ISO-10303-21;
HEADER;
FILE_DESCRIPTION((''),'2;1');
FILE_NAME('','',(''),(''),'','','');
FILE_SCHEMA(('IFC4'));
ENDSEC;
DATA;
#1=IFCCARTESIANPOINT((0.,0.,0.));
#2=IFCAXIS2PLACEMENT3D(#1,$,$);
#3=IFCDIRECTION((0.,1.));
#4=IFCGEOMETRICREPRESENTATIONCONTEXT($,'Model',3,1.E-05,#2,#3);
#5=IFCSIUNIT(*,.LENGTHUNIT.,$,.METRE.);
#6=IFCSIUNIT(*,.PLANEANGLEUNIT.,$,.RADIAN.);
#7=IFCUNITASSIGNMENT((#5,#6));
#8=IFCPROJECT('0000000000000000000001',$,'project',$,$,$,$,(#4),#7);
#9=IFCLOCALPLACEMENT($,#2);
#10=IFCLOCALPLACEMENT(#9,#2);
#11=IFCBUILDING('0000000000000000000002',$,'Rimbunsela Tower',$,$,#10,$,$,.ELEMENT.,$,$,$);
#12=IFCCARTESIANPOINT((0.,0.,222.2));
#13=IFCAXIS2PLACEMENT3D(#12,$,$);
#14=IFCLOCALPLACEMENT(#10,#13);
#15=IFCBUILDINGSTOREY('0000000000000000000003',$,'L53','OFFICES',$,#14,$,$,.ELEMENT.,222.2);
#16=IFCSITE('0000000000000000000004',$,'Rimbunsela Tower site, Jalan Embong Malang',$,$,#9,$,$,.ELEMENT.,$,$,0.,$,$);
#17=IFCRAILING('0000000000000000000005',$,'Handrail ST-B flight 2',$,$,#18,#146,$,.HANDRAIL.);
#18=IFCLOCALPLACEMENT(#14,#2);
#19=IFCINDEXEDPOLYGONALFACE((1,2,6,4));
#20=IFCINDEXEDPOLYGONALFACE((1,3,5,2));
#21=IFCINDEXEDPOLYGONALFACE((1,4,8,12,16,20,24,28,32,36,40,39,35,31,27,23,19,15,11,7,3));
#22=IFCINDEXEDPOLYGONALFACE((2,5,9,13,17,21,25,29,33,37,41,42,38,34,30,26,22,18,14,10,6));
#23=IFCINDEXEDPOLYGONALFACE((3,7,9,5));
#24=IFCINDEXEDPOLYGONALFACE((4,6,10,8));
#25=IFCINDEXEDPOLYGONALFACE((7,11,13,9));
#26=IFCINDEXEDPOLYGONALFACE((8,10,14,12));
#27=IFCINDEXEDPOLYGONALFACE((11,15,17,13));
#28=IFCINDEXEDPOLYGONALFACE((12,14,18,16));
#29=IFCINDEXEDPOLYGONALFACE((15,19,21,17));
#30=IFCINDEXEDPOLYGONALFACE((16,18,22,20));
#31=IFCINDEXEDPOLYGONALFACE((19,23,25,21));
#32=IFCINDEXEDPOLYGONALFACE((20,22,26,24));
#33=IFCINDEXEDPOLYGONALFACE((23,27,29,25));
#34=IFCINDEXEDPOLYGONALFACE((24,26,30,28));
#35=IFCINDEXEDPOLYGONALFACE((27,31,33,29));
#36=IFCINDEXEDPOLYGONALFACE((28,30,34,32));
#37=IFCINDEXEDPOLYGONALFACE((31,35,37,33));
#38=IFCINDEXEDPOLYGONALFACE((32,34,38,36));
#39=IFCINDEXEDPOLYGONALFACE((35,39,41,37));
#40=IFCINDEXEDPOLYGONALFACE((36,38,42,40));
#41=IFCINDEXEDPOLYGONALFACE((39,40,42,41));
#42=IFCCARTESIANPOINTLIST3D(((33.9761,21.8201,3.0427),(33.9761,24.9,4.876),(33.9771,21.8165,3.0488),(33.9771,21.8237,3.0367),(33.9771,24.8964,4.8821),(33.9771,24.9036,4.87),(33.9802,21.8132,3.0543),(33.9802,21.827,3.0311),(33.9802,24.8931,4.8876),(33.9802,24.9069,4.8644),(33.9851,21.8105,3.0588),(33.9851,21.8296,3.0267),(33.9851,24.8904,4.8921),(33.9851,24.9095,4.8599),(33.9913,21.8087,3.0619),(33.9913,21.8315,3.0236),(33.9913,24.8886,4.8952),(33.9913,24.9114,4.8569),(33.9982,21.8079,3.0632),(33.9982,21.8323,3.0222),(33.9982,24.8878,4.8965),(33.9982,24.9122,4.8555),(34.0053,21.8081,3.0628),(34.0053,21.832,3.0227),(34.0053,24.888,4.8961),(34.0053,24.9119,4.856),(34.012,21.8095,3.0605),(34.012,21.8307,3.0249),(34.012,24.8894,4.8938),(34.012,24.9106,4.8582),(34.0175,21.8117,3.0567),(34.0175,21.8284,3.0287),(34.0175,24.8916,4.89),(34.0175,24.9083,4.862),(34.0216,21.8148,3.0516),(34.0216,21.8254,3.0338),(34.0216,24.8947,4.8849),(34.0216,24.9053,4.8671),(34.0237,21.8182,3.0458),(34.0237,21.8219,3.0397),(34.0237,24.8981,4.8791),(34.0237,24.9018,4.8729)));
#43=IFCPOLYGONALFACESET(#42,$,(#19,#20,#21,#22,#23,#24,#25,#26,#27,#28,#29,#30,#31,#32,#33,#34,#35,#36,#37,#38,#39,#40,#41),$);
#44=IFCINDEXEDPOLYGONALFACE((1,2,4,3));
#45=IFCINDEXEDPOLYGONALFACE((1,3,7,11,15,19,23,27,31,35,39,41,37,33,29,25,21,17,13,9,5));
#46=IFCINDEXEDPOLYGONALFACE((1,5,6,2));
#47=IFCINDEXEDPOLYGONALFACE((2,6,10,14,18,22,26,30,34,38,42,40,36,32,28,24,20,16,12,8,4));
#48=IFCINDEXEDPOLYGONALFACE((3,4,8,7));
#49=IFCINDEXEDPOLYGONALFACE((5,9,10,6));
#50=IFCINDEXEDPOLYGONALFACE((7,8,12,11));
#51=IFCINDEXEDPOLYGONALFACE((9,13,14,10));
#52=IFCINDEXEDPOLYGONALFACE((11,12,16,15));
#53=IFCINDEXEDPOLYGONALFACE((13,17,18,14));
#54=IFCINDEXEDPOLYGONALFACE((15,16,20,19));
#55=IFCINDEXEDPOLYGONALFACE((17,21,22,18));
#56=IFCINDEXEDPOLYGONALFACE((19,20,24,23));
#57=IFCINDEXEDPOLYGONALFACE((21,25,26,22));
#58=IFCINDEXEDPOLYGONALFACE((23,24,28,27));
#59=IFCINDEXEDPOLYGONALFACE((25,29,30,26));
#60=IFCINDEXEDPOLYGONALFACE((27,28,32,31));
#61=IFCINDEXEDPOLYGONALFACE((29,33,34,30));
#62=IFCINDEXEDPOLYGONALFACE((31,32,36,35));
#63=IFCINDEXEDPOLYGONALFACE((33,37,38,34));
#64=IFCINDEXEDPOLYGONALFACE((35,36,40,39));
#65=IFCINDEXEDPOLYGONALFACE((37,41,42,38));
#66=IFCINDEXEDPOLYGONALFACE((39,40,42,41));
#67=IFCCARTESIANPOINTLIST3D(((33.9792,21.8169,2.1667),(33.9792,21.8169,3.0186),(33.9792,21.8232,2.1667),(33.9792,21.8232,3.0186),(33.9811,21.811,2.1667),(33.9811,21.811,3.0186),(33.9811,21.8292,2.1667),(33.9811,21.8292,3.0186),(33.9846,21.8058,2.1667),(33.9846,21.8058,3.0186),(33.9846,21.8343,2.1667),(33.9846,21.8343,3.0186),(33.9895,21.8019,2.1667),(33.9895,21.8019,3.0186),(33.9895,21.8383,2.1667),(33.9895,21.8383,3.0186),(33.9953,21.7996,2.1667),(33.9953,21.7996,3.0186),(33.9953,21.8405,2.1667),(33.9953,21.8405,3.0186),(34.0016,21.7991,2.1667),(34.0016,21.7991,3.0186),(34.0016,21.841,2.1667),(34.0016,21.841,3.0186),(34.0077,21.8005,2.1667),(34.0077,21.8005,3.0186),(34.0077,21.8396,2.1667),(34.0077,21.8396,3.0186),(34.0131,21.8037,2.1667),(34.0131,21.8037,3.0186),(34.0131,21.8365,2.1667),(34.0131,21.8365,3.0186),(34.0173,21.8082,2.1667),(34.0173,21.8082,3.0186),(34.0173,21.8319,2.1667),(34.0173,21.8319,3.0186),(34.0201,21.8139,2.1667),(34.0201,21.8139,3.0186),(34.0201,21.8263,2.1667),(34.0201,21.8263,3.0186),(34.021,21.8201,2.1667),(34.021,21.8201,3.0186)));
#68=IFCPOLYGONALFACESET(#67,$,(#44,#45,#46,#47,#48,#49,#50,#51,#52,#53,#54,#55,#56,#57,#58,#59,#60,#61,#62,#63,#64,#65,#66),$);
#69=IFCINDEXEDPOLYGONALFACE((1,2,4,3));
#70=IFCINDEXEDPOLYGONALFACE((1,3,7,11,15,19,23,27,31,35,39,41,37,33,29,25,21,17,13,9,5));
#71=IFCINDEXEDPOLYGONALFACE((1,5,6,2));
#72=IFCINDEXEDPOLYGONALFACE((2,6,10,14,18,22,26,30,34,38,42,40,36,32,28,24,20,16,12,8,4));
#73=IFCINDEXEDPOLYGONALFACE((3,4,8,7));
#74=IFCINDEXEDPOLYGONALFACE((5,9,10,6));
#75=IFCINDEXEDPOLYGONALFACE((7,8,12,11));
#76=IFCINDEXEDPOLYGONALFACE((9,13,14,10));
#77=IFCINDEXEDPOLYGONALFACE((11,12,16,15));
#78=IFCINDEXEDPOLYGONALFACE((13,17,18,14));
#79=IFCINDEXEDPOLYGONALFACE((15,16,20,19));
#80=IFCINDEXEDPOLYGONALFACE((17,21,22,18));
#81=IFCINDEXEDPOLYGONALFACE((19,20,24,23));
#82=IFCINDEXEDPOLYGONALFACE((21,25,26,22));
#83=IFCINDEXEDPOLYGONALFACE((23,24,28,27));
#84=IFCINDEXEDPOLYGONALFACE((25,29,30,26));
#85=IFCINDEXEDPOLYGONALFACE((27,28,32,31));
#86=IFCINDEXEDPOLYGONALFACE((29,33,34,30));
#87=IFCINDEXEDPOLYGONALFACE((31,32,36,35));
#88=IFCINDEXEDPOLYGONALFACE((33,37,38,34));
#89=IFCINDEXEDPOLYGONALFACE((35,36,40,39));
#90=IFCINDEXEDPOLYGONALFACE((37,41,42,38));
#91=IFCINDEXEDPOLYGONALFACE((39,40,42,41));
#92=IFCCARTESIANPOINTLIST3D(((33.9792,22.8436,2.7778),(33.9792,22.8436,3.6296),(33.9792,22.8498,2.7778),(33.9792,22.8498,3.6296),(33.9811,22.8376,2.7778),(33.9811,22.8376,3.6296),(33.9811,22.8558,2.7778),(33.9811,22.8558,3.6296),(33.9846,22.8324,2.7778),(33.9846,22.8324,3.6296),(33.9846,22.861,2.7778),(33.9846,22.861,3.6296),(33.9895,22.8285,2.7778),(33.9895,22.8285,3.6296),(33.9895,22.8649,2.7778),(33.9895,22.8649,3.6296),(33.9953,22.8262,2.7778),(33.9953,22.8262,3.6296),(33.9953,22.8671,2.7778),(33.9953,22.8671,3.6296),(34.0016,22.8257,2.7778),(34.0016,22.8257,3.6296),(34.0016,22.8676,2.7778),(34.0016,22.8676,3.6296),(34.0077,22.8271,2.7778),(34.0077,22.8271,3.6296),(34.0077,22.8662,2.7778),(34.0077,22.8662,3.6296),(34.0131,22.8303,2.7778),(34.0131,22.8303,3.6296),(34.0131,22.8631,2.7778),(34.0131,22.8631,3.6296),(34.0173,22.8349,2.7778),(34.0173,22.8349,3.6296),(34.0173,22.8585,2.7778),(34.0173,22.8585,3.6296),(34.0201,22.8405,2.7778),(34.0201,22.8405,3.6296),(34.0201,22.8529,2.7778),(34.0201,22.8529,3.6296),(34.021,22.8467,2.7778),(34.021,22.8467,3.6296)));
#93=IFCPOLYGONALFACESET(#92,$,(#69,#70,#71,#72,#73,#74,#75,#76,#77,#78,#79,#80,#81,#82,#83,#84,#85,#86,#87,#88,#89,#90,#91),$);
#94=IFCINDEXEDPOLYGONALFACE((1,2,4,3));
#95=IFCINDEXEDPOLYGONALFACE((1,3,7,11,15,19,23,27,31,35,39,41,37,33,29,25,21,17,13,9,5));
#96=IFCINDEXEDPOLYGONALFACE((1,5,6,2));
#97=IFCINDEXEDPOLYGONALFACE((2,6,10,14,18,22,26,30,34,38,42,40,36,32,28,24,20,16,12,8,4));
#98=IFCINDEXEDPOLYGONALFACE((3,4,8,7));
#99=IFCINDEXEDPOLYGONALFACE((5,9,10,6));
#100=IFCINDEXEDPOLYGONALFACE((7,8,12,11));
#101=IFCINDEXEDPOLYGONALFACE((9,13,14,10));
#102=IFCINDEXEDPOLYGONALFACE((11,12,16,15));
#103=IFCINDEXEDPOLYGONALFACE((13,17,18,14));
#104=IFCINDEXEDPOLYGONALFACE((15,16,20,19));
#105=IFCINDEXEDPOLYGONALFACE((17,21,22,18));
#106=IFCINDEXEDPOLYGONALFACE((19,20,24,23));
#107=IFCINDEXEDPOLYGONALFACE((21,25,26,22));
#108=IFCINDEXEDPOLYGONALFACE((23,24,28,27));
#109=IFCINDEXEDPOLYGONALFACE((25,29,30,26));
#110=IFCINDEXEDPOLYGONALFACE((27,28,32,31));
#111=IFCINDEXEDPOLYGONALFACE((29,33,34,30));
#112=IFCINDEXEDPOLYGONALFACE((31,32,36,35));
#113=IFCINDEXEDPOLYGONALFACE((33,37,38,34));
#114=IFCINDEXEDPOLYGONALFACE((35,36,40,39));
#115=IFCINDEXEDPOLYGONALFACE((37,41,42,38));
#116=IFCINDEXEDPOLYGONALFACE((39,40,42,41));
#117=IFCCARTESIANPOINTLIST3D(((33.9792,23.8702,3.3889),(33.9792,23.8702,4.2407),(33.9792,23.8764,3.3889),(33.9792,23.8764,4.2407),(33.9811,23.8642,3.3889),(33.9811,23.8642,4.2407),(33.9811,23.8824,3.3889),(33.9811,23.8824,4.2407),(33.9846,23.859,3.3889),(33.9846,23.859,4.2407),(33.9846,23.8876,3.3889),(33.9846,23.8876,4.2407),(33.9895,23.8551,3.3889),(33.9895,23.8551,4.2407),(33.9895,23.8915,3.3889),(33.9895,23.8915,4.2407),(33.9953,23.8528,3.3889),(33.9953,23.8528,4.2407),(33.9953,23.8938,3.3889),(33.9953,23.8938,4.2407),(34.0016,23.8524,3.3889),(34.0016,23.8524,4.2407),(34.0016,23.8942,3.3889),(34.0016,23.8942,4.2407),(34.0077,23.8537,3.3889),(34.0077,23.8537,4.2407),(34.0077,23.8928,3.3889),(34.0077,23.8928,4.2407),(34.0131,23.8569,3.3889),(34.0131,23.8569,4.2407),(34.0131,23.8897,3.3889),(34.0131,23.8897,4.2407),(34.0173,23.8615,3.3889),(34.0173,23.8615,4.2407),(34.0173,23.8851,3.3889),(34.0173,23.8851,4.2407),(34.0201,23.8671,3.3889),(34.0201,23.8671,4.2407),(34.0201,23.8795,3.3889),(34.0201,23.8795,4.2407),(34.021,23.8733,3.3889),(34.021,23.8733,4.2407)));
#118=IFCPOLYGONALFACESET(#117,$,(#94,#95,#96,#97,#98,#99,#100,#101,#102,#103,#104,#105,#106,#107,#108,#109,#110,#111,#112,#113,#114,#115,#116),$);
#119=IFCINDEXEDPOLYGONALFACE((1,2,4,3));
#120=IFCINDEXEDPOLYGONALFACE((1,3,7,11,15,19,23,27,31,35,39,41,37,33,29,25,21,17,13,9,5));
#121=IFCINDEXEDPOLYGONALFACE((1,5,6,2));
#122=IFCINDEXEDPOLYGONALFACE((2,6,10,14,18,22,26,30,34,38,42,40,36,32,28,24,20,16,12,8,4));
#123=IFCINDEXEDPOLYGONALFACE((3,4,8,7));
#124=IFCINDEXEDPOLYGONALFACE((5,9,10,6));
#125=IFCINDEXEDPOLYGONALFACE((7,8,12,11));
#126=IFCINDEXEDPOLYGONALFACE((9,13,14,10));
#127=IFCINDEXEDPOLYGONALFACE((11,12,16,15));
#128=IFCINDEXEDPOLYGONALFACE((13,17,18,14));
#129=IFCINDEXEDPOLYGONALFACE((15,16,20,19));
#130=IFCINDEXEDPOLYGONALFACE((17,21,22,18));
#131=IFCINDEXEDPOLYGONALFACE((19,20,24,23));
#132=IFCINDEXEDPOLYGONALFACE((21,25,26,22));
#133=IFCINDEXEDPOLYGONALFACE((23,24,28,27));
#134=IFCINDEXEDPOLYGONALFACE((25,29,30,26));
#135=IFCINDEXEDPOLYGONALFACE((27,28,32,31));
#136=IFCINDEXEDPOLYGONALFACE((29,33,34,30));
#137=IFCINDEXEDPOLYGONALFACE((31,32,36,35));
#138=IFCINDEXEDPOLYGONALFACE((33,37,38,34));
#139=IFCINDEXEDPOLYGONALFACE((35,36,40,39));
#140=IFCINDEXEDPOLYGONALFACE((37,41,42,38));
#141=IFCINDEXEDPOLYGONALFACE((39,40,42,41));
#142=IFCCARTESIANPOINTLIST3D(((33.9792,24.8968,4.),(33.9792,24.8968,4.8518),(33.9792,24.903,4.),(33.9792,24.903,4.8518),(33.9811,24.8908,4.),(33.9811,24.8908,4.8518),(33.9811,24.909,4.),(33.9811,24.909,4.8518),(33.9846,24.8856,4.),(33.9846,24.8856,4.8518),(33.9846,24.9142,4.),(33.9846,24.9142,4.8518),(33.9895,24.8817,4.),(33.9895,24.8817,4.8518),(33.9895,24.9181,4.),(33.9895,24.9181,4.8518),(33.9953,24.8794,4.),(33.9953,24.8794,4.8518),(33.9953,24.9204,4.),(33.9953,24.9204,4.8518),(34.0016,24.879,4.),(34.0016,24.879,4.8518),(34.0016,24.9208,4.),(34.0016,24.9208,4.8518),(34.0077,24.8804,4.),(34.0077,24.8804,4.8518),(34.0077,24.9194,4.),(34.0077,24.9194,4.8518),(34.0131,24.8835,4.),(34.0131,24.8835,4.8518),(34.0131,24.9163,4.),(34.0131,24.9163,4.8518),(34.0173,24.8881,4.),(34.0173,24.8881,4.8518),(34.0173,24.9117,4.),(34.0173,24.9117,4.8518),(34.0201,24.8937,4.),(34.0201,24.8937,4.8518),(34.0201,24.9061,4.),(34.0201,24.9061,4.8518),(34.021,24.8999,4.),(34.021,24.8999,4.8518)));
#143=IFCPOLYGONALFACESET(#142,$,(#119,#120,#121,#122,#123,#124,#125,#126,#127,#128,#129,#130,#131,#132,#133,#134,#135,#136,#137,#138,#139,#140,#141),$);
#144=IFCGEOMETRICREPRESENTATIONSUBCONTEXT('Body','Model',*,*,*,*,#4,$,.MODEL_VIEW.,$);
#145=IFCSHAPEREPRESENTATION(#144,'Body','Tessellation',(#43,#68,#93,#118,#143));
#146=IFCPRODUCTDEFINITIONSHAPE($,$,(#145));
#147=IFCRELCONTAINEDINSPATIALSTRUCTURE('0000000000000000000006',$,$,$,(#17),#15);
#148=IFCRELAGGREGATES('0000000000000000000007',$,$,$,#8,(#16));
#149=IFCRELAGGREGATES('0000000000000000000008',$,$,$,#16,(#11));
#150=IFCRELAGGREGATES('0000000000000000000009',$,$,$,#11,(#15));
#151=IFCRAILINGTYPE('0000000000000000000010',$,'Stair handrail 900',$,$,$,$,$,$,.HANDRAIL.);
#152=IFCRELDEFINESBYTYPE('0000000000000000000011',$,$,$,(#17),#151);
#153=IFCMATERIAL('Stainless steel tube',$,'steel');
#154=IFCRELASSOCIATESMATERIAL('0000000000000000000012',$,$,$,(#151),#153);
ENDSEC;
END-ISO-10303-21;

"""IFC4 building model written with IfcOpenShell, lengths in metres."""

from ifc_helpers import new_model, si_unit, direction, frame, origin, origin_2d, place, context, subcontext, project, spatial, circle, extrude, material, type_object, element, save


model = new_model("IFC4")

# Units and contexts
model_context = context("Model", 3, precision=1e-05, world=origin(), true_north=direction((0.0, 1.0)))
body_context = subcontext(model_context, "Body", "Model", "MODEL_VIEW")
ifc_project = project(units=[si_unit("LENGTHUNIT", "METRE"), si_unit("PLANEANGLEUNIT", "RADIAN")], contexts=[model_context])

# Site, building, storey
site_placement = place(None, origin())
site = spatial("IfcSite", under=ifc_project, at=site_placement, Name="Rimbunsela Tower site, Jalan Embong Malang", CompositionType="ELEMENT", RefElevation=0.0)
building_placement = place(site_placement, origin())
building = spatial("IfcBuilding", under=site, at=building_placement, Name="Rimbunsela Tower", CompositionType="ELEMENT")
storey_placement = place(building_placement, frame((0.0, 0.0, 222.2)))
storey = spatial("IfcBuildingStorey", under=building, at=storey_placement, Name="L53", Description="OFFICES", CompositionType="ELEMENT", Elevation=222.2)

# Railing
ifc_material_1 = material(Name="Stainless steel tube", Category="steel")
railing_type = type_object("IfcRailingType", Name="Stair handrail 900", PredefinedType="HANDRAIL", material=ifc_material_1)
railing_1_placement = place(storey_placement, frame((34.0, 21.8201, 2.1667)))
element("IfcRailing", 1, at=railing_1_placement, inside=storey, type_object=railing_type, Name="Handrail ST-B flight 2", PredefinedType="HANDRAIL", context=body_context, shape_type="SweptSolid", body=[
    extrude(circle(Radius=0.0239, at=origin_2d()), frame((0.0, 0.0, 0.876), z_axis=(0.0, 0.859291, 0.511487), x_axis=(-1.0, 0.0, 0.0)), (0.0, 0.0, 1.0), 3.5842),
    extrude(circle(Radius=0.021, at=origin_2d()), origin(), (0.0, 0.0, 1.0), 0.8518),
    extrude(circle(Radius=0.021, at=origin_2d()), frame((0.0, 1.0266, 0.6111)), (0.0, 0.0, 1.0), 0.8518),
    extrude(circle(Radius=0.021, at=origin_2d()), frame((0.0, 2.0532, 1.2222)), (0.0, 0.0, 1.0), 0.8518),
    extrude(circle(Radius=0.021, at=origin_2d()), frame((0.0, 3.0798, 1.8333)), (0.0, 0.0, 1.0), 0.8518),
])

save(model, "model.ifc")
